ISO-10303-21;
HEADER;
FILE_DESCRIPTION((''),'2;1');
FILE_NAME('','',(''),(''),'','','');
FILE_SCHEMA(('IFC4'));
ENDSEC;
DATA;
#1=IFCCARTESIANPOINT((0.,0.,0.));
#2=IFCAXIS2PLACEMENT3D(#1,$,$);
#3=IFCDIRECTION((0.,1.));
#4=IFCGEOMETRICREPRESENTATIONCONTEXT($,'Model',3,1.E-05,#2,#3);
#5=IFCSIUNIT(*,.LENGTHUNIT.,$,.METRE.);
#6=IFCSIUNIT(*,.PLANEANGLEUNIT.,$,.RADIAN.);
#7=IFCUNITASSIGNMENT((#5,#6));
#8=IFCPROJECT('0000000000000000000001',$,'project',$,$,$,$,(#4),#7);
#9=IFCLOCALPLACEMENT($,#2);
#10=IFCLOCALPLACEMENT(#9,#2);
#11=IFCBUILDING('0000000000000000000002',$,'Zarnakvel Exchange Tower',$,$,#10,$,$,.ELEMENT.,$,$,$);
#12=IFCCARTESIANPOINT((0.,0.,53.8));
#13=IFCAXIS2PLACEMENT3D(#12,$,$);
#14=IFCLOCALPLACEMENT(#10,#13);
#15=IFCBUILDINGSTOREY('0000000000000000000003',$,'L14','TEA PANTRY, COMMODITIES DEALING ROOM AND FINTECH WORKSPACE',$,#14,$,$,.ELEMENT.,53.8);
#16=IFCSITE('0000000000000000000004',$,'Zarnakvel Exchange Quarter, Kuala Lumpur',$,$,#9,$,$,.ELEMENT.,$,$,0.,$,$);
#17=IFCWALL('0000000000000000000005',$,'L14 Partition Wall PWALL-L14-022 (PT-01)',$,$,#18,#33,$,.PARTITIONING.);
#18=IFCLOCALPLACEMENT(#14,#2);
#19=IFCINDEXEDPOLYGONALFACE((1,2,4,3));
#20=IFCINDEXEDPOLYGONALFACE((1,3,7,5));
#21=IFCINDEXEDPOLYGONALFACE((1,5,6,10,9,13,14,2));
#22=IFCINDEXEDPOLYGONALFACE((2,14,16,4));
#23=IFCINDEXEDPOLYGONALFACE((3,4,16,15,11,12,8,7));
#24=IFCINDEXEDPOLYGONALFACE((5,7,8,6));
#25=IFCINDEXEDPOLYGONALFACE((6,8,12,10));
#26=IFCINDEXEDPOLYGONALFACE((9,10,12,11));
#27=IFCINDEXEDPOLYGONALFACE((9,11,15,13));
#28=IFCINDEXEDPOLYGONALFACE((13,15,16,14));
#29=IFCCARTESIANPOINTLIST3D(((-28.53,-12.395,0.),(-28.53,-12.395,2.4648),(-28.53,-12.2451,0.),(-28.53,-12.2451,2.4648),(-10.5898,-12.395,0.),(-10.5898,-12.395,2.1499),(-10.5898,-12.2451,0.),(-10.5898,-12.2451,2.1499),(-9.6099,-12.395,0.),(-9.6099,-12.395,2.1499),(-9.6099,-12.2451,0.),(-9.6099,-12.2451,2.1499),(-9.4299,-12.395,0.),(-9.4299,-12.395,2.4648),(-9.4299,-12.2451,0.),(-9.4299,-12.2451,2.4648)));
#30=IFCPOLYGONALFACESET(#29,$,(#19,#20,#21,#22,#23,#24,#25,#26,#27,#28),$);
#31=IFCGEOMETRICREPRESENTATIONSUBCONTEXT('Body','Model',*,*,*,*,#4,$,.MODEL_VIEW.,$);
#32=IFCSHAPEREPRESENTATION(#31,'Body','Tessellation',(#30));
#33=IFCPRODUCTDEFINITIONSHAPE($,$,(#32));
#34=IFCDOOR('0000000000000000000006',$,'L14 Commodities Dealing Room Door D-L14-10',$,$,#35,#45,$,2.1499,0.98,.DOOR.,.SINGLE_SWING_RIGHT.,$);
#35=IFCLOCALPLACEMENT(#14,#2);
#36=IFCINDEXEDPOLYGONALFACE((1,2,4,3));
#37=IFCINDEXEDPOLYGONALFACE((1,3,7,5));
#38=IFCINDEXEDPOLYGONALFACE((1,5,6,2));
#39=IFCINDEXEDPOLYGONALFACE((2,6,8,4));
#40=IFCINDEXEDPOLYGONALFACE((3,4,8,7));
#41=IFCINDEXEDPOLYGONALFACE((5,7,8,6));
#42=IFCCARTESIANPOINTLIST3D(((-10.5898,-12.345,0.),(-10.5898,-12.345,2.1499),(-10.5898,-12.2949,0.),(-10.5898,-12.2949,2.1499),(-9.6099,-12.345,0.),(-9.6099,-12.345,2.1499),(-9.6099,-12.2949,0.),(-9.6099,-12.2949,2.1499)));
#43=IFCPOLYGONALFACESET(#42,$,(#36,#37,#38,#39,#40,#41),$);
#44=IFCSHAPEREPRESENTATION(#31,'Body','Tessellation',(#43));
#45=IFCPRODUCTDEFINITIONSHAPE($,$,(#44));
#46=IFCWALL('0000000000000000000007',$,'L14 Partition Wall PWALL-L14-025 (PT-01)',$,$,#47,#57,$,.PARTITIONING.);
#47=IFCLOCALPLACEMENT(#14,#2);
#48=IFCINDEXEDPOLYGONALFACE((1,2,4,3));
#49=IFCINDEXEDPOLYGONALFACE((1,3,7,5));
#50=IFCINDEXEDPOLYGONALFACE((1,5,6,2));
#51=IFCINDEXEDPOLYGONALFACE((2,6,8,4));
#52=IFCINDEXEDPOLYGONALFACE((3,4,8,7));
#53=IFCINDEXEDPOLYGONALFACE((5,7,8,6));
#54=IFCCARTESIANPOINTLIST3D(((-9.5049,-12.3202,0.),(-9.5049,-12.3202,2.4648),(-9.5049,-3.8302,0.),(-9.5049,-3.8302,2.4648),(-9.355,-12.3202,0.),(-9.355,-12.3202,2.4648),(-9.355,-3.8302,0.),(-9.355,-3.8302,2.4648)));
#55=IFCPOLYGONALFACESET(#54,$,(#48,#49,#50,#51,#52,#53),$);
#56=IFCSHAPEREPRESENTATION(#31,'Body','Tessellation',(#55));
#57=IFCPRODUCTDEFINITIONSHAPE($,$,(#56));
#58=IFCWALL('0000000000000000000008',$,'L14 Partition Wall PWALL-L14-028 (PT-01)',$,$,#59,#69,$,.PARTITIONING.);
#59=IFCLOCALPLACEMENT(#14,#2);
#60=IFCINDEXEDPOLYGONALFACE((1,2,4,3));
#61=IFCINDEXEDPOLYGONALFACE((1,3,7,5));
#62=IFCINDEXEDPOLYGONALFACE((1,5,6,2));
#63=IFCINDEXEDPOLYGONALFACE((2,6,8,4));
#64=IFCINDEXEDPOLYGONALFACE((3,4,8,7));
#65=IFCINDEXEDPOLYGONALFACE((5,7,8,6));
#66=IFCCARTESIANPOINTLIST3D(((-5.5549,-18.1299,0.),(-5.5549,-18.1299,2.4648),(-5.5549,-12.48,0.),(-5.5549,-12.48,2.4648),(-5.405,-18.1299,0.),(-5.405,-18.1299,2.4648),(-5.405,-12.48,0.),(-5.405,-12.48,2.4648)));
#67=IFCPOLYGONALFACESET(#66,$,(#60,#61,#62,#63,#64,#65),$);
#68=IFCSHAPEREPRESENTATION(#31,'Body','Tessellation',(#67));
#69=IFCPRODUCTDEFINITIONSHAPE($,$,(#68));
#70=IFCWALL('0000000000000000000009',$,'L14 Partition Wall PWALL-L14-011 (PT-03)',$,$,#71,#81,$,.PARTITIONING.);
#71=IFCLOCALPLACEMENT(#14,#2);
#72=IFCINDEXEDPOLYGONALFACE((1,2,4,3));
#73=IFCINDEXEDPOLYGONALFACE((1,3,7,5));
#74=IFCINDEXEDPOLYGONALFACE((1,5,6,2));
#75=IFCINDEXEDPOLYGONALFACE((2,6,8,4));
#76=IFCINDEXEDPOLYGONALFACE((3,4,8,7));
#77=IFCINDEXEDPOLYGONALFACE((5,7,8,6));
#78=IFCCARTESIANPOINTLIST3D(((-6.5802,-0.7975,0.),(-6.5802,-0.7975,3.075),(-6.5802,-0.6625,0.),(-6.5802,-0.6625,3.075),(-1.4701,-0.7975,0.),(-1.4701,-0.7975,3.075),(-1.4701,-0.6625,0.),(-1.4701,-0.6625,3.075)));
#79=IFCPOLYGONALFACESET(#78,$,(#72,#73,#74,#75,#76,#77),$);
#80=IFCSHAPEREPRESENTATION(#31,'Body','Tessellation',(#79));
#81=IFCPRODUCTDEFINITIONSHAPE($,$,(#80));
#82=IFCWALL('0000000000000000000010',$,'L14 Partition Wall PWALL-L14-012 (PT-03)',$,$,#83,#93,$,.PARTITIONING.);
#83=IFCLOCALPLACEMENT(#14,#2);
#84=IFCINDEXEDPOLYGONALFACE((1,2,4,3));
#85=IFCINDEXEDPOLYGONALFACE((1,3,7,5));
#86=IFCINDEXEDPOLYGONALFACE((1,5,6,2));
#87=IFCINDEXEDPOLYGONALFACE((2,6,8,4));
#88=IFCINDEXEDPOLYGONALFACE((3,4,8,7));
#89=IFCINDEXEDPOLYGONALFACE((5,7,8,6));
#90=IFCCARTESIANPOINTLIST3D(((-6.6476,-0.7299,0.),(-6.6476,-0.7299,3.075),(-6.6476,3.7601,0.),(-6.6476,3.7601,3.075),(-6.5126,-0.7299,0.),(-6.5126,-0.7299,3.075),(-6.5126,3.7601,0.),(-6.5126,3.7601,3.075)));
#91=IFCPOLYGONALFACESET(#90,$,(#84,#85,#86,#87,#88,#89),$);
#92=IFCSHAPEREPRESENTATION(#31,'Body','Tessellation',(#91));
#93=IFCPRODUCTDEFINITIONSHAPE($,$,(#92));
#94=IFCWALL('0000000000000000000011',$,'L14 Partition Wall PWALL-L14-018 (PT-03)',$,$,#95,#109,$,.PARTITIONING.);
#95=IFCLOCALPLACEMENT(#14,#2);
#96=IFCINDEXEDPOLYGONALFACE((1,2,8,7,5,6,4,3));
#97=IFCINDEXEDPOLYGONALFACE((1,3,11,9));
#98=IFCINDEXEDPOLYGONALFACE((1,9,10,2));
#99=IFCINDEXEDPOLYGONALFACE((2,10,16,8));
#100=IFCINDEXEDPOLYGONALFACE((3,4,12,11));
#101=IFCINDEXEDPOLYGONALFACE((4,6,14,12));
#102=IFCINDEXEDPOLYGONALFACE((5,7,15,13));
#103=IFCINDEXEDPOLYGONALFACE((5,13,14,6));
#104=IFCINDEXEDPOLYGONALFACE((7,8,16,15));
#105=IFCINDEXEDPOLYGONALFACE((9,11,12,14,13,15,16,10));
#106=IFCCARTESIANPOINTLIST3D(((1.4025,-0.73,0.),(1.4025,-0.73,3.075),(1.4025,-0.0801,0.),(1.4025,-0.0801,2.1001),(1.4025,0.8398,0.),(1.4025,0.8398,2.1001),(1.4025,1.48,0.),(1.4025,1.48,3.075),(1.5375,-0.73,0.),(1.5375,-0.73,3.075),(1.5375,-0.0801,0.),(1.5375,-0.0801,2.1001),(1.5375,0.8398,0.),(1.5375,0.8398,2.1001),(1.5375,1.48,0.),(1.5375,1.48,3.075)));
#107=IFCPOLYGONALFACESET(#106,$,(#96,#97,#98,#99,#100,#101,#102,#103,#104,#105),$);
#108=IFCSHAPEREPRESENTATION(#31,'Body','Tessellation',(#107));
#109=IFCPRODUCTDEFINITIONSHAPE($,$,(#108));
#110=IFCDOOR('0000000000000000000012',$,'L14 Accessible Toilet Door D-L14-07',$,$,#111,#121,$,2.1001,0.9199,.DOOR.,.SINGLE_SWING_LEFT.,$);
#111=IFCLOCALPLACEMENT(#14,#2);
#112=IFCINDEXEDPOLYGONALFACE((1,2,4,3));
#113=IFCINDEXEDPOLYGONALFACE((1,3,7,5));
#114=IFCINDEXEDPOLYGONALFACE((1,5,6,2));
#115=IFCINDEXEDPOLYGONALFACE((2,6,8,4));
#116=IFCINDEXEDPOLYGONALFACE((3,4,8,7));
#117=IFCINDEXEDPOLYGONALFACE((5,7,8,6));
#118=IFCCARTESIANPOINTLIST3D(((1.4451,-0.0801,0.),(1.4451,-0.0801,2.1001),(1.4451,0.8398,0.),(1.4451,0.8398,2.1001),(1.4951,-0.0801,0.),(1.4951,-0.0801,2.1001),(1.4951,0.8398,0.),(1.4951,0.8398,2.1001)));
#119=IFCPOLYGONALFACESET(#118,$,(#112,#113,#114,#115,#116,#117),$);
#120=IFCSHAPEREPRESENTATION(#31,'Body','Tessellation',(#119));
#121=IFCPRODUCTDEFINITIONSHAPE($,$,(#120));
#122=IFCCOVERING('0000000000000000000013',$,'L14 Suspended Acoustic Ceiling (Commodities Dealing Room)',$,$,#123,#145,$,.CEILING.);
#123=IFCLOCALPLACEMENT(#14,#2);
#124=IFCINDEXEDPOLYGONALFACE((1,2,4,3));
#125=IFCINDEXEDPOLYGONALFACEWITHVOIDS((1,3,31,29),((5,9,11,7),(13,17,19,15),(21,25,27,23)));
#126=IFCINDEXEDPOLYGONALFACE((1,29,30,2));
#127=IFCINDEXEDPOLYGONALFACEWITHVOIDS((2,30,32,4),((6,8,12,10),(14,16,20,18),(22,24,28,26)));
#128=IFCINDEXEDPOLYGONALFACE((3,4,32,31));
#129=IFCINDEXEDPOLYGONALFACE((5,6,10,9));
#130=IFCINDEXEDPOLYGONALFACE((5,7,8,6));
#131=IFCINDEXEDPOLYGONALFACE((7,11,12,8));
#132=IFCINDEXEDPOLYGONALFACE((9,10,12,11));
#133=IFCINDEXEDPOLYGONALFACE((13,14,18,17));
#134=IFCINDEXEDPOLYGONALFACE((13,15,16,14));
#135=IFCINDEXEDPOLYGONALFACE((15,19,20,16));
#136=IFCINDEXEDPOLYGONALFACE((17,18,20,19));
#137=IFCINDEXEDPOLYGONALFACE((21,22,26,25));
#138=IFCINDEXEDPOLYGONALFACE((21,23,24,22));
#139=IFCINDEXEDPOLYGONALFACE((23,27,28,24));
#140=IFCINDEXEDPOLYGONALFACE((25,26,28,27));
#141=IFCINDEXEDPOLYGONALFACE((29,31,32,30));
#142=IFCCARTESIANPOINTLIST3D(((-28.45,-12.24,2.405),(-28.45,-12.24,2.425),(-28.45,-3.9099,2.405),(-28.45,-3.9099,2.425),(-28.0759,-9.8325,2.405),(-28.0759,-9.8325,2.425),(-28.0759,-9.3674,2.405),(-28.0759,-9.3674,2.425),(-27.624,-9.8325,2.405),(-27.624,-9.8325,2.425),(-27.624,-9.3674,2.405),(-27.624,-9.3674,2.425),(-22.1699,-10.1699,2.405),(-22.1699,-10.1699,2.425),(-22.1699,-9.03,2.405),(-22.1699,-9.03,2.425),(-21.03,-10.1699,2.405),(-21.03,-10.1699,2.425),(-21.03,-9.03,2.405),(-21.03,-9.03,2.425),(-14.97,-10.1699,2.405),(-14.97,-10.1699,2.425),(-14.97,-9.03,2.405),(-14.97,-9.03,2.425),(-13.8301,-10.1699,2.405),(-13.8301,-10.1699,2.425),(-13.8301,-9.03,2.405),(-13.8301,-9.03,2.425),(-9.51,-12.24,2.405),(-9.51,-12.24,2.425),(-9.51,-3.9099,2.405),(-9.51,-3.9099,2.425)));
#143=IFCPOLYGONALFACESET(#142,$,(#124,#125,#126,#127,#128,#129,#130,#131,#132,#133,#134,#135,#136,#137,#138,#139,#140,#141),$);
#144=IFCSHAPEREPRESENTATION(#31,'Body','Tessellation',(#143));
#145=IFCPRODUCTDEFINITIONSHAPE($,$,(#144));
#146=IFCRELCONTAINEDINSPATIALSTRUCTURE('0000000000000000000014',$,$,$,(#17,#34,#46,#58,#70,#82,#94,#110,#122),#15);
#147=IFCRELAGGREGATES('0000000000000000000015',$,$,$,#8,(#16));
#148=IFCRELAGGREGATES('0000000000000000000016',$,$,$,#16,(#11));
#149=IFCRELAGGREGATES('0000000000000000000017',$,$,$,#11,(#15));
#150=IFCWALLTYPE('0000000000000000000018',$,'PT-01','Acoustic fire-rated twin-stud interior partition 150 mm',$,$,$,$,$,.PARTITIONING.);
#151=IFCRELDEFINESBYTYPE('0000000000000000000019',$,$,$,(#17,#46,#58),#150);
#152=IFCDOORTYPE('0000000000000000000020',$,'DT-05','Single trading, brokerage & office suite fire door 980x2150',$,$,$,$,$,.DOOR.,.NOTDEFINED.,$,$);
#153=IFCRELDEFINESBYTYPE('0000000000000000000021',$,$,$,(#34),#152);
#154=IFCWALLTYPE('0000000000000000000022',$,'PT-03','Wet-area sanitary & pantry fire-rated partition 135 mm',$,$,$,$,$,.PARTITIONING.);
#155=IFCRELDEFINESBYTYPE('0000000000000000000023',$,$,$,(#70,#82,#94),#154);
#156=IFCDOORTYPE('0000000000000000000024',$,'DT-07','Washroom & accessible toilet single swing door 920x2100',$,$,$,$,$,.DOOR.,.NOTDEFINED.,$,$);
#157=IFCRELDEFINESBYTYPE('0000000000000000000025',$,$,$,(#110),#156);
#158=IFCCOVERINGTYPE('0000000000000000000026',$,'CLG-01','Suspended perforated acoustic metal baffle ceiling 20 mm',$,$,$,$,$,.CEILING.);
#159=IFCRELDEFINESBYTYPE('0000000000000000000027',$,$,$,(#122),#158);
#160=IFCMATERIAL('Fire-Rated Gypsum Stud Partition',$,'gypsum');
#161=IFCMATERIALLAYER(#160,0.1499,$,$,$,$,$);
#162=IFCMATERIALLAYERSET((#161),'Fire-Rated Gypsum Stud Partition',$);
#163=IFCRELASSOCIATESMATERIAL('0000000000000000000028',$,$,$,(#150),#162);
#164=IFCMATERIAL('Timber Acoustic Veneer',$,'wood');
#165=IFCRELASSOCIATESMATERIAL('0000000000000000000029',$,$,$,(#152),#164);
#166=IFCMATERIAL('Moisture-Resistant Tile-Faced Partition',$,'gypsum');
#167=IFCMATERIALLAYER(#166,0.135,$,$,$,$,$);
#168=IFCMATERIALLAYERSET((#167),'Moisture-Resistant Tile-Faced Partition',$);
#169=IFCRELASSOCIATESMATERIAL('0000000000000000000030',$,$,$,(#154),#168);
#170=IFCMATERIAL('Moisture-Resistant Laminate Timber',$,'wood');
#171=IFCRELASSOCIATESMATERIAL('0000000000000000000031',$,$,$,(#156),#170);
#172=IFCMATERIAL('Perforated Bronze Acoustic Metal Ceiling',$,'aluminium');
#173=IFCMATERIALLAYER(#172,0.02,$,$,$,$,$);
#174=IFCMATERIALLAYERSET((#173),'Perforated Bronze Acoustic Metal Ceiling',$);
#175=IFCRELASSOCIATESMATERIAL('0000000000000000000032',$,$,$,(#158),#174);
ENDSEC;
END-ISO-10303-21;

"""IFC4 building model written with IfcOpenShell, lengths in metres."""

from ifc_helpers import new_model, si_unit, direction, frame, frame_2d, origin, place, context, subcontext, project, spatial, polyline, rectangle, outline, extrude, source, transform, mapped, material, layer, layer_set, type_object, element, fill, save


model = new_model("IFC4")

# Units and contexts
model_context = context("Model", 3, precision=1e-05, world=origin(), true_north=direction((0.0, 1.0)))
body_context = subcontext(model_context, "Body", "Model", "MODEL_VIEW")
ifc_project = project(units=[si_unit("LENGTHUNIT", "METRE"), si_unit("PLANEANGLEUNIT", "RADIAN")], contexts=[model_context])

# Site, building, storey
site_placement = place(None, origin())
site = spatial("IfcSite", under=ifc_project, at=site_placement, Name="Zarnakvel Exchange Quarter, Kuala Lumpur", CompositionType="ELEMENT", RefElevation=0.0)
building_placement = place(site_placement, origin())
building = spatial("IfcBuilding", under=site, at=building_placement, Name="Zarnakvel Exchange Tower", CompositionType="ELEMENT")
storey_placement = place(building_placement, frame((0.0, 0.0, 53.8)))
storey = spatial("IfcBuildingStorey", under=building, at=storey_placement, Name="L14", Description="TEA PANTRY, COMMODITIES DEALING ROOM AND FINTECH WORKSPACE", CompositionType="ELEMENT", Elevation=53.8)

# Wall, opening, door
ifc_material_1 = material(Name="Fire-Rated Gypsum Stud Partition", Category="gypsum")
ifc_layer_1 = layer(ifc_material_1, 0.1499)
ifc_layer_set_1 = layer_set([ifc_layer_1], Name="Fire-Rated Gypsum Stud Partition")
wall_type_1 = type_object("IfcWallType", Name="PT-01", Description="Acoustic fire-rated twin-stud interior partition 150 mm", PredefinedType="PARTITIONING", material=ifc_layer_set_1)
wall_1_placement = place(storey_placement, frame((-9.4299, -12.3201, 0.0), z_axis=(0.0, 0.0, 1.0), x_axis=(-1.0, 0.0, 0.0)))
wall_1 = element("IfcWall", 1, at=wall_1_placement, inside=storey, type_object=wall_type_1, Name="L14 Partition Wall PWALL-L14-022 (PT-01)", PredefinedType="PARTITIONING", context=body_context, shape_type="SweptSolid", body=[
    extrude(rectangle(XDim=19.1001, YDim=0.1499, at=frame_2d((9.55, 0.0))), origin(), (0.0, 0.0, 1.0), 2.4648),
])
opening_1_placement = place(wall_1_placement, frame((0.1799, 0.0, 0.0)))
opening_1 = element("IfcOpeningElement", 2, at=opening_1_placement, cuts=wall_1, PredefinedType="OPENING", context=body_context, shape_type="SweptSolid", body=[
    extrude(rectangle(XDim=0.98, YDim=2.1499, at=frame_2d((0.49, 1.075))), frame((0.0, 0.085, 0.0), z_axis=(0.0, -1.0, 0.0), x_axis=(1.0, 0.0, 0.0)), (0.0, 0.0, 1.0), 0.1699),
])
ifc_material_2 = material(Name="Timber Acoustic Veneer", Category="wood")
door_type_1 = type_object("IfcDoorType", Name="DT-05", Description="Single trading, brokerage & office suite fire door 980x2150", OperationType="NOTDEFINED", PredefinedType="DOOR", material=ifc_material_2)
shared_shape_1 = source(origin(), body_context, "Body", "SweptSolid", [
    extrude(rectangle(XDim=0.98, YDim=2.1499, at=frame_2d((0.49, 1.075))), frame((0.0, 0.0249, 0.0), z_axis=(0.0, -1.0, 0.0), x_axis=(1.0, 0.0, 0.0)), (0.0, 0.0, 1.0), 0.05),
])
door_1_placement = place(opening_1_placement, origin())
door_1 = element("IfcDoor", 3, at=door_1_placement, inside=storey, type_object=door_type_1, Name="L14 Commodities Dealing Room Door D-L14-10", OperationType="SINGLE_SWING_RIGHT", OverallHeight=2.1499, OverallWidth=0.98, PredefinedType="DOOR", context=body_context, shape_type="MappedRepresentation", body=[
    mapped(shared_shape_1, transform((0.0, 0.0, 0.0), x_axis=(1.0, 0.0, 0.0), y_axis=(0.0, 1.0, 0.0), z_axis=(0.0, 0.0, 1.0), scale=1.0)),
])
fill(opening_1, door_1)

# Walls
wall_2_placement = place(storey_placement, frame((-9.4299, -3.8301, 0.0), z_axis=(0.0, 0.0, 1.0), x_axis=(0.0, -1.0, 0.0)))
element("IfcWall", 4, at=wall_2_placement, inside=storey, type_object=wall_type_1, Name="L14 Partition Wall PWALL-L14-025 (PT-01)", PredefinedType="PARTITIONING", context=body_context, shape_type="SweptSolid", body=[
    extrude(rectangle(XDim=8.49, YDim=0.1499, at=frame_2d((4.2451, 0.0))), origin(), (0.0, 0.0, 1.0), 2.4648),
])
wall_3_placement = place(storey_placement, frame((-5.48, -12.48, 0.0), z_axis=(0.0, 0.0, 1.0), x_axis=(0.0, -1.0, 0.0)))
element("IfcWall", 5, at=wall_3_placement, inside=storey, type_object=wall_type_1, Name="L14 Partition Wall PWALL-L14-028 (PT-01)", PredefinedType="PARTITIONING", context=body_context, shape_type="SweptSolid", body=[
    extrude(rectangle(XDim=5.6499, YDim=0.1499, at=frame_2d((2.825, 0.0))), origin(), (0.0, 0.0, 1.0), 2.4648),
])
ifc_material_3 = material(Name="Moisture-Resistant Tile-Faced Partition", Category="gypsum")
ifc_layer_2 = layer(ifc_material_3, 0.135)
ifc_layer_set_2 = layer_set([ifc_layer_2], Name="Moisture-Resistant Tile-Faced Partition")
wall_type_2 = type_object("IfcWallType", Name="PT-03", Description="Wet-area sanitary & pantry fire-rated partition 135 mm", PredefinedType="PARTITIONING", material=ifc_layer_set_2)
wall_4_placement = place(storey_placement, frame((-1.47, -0.73, 0.0), z_axis=(0.0, 0.0, 1.0), x_axis=(-1.0, 0.0, 0.0)))
element("IfcWall", 6, at=wall_4_placement, inside=storey, type_object=wall_type_2, Name="L14 Partition Wall PWALL-L14-011 (PT-03)", PredefinedType="PARTITIONING", context=body_context, shape_type="SweptSolid", body=[
    extrude(rectangle(XDim=5.1101, YDim=0.135, at=frame_2d((2.5552, 0.0))), origin(), (0.0, 0.0, 1.0), 3.075),
])
wall_5_placement = place(storey_placement, frame((-6.5801, -0.73, 0.0), z_axis=(0.0, 0.0, 1.0), x_axis=(0.0, 1.0, 0.0)))
element("IfcWall", 7, at=wall_5_placement, inside=storey, type_object=wall_type_2, Name="L14 Partition Wall PWALL-L14-012 (PT-03)", PredefinedType="PARTITIONING", context=body_context, shape_type="SweptSolid", body=[
    extrude(rectangle(XDim=4.49, YDim=0.135, at=frame_2d((2.2451, 0.0))), origin(), (0.0, 0.0, 1.0), 3.075),
])

# Wall, opening, door
wall_6_placement = place(storey_placement, frame((1.47, -0.73, 0.0), z_axis=(0.0, 0.0, 1.0), x_axis=(0.0, 1.0, 0.0)))
wall_6 = element("IfcWall", 8, at=wall_6_placement, inside=storey, type_object=wall_type_2, Name="L14 Partition Wall PWALL-L14-018 (PT-03)", PredefinedType="PARTITIONING", context=body_context, shape_type="SweptSolid", body=[
    extrude(rectangle(XDim=2.21, YDim=0.135, at=frame_2d((1.105, 0.0))), origin(), (0.0, 0.0, 1.0), 3.075),
])
opening_2_placement = place(wall_6_placement, frame((0.6499, 0.0, 0.0)))
opening_2 = element("IfcOpeningElement", 9, at=opening_2_placement, cuts=wall_6, PredefinedType="OPENING", context=body_context, shape_type="SweptSolid", body=[
    extrude(rectangle(XDim=0.9199, YDim=2.1001, at=frame_2d((0.46, 1.05))), frame((0.0, 0.0774, 0.0), z_axis=(0.0, -1.0, 0.0), x_axis=(1.0, 0.0, 0.0)), (0.0, 0.0, 1.0), 0.155),
])
ifc_material_4 = material(Name="Moisture-Resistant Laminate Timber", Category="wood")
door_type_2 = type_object("IfcDoorType", Name="DT-07", Description="Washroom & accessible toilet single swing door 920x2100", OperationType="NOTDEFINED", PredefinedType="DOOR", material=ifc_material_4)
shared_shape_2 = source(origin(), body_context, "Body", "SweptSolid", [
    extrude(rectangle(XDim=0.9199, YDim=2.1001, at=frame_2d((0.46, 1.05))), frame((0.0, 0.0249, 0.0), z_axis=(0.0, -1.0, 0.0), x_axis=(1.0, 0.0, 0.0)), (0.0, 0.0, 1.0), 0.05),
])
door_2_placement = place(opening_2_placement, origin())
door_2 = element("IfcDoor", 10, at=door_2_placement, inside=storey, type_object=door_type_2, Name="L14 Accessible Toilet Door D-L14-07", OperationType="SINGLE_SWING_LEFT", OverallHeight=2.1001, OverallWidth=0.9199, PredefinedType="DOOR", context=body_context, shape_type="MappedRepresentation", body=[
    mapped(shared_shape_2, transform((0.0, 0.0, 0.0), x_axis=(1.0, 0.0, 0.0), y_axis=(0.0, 1.0, 0.0), z_axis=(0.0, 0.0, 1.0), scale=1.0)),
])
fill(opening_2, door_2)

# Covering
ifc_material_5 = material(Name="Perforated Bronze Acoustic Metal Ceiling", Category="aluminium")
ifc_layer_3 = layer(ifc_material_5, 0.02)
ifc_layer_set_3 = layer_set([ifc_layer_3], Name="Perforated Bronze Acoustic Metal Ceiling")
covering_type_1 = type_object("IfcCoveringType", Name="CLG-01", Description="Suspended perforated acoustic metal baffle ceiling 20 mm", PredefinedType="CEILING", material=ifc_layer_set_3)
covering_1_placement = place(storey_placement, frame((0.0, 0.0, 2.405)))
element("IfcCovering", 11, at=covering_1_placement, inside=storey, type_object=covering_type_1, Name="L14 Suspended Acoustic Ceiling (Commodities Dealing Room)", PredefinedType="CEILING", context=body_context, shape_type="SweptSolid", body=[
    extrude(outline(polyline([(-28.45, -3.9099), (-9.51, -3.9099), (-9.51, -12.24), (-28.45, -12.24), (-28.45, -3.9099)]), holes=[polyline([(-13.8301, -10.1699), (-13.8301, -9.03), (-14.97, -9.03), (-14.97, -10.1699), (-13.8301, -10.1699)]), polyline([(-21.03, -10.1699), (-21.03, -9.03), (-22.1699, -9.03), (-22.1699, -10.1699), (-21.03, -10.1699)]), polyline([(-28.0759, -9.8325), (-27.624, -9.8325), (-27.624, -9.3674), (-28.0759, -9.3674), (-28.0759, -9.8325)])]), origin(), (0.0, 0.0, 1.0), 0.02),
])

save(model, "model.ifc")
